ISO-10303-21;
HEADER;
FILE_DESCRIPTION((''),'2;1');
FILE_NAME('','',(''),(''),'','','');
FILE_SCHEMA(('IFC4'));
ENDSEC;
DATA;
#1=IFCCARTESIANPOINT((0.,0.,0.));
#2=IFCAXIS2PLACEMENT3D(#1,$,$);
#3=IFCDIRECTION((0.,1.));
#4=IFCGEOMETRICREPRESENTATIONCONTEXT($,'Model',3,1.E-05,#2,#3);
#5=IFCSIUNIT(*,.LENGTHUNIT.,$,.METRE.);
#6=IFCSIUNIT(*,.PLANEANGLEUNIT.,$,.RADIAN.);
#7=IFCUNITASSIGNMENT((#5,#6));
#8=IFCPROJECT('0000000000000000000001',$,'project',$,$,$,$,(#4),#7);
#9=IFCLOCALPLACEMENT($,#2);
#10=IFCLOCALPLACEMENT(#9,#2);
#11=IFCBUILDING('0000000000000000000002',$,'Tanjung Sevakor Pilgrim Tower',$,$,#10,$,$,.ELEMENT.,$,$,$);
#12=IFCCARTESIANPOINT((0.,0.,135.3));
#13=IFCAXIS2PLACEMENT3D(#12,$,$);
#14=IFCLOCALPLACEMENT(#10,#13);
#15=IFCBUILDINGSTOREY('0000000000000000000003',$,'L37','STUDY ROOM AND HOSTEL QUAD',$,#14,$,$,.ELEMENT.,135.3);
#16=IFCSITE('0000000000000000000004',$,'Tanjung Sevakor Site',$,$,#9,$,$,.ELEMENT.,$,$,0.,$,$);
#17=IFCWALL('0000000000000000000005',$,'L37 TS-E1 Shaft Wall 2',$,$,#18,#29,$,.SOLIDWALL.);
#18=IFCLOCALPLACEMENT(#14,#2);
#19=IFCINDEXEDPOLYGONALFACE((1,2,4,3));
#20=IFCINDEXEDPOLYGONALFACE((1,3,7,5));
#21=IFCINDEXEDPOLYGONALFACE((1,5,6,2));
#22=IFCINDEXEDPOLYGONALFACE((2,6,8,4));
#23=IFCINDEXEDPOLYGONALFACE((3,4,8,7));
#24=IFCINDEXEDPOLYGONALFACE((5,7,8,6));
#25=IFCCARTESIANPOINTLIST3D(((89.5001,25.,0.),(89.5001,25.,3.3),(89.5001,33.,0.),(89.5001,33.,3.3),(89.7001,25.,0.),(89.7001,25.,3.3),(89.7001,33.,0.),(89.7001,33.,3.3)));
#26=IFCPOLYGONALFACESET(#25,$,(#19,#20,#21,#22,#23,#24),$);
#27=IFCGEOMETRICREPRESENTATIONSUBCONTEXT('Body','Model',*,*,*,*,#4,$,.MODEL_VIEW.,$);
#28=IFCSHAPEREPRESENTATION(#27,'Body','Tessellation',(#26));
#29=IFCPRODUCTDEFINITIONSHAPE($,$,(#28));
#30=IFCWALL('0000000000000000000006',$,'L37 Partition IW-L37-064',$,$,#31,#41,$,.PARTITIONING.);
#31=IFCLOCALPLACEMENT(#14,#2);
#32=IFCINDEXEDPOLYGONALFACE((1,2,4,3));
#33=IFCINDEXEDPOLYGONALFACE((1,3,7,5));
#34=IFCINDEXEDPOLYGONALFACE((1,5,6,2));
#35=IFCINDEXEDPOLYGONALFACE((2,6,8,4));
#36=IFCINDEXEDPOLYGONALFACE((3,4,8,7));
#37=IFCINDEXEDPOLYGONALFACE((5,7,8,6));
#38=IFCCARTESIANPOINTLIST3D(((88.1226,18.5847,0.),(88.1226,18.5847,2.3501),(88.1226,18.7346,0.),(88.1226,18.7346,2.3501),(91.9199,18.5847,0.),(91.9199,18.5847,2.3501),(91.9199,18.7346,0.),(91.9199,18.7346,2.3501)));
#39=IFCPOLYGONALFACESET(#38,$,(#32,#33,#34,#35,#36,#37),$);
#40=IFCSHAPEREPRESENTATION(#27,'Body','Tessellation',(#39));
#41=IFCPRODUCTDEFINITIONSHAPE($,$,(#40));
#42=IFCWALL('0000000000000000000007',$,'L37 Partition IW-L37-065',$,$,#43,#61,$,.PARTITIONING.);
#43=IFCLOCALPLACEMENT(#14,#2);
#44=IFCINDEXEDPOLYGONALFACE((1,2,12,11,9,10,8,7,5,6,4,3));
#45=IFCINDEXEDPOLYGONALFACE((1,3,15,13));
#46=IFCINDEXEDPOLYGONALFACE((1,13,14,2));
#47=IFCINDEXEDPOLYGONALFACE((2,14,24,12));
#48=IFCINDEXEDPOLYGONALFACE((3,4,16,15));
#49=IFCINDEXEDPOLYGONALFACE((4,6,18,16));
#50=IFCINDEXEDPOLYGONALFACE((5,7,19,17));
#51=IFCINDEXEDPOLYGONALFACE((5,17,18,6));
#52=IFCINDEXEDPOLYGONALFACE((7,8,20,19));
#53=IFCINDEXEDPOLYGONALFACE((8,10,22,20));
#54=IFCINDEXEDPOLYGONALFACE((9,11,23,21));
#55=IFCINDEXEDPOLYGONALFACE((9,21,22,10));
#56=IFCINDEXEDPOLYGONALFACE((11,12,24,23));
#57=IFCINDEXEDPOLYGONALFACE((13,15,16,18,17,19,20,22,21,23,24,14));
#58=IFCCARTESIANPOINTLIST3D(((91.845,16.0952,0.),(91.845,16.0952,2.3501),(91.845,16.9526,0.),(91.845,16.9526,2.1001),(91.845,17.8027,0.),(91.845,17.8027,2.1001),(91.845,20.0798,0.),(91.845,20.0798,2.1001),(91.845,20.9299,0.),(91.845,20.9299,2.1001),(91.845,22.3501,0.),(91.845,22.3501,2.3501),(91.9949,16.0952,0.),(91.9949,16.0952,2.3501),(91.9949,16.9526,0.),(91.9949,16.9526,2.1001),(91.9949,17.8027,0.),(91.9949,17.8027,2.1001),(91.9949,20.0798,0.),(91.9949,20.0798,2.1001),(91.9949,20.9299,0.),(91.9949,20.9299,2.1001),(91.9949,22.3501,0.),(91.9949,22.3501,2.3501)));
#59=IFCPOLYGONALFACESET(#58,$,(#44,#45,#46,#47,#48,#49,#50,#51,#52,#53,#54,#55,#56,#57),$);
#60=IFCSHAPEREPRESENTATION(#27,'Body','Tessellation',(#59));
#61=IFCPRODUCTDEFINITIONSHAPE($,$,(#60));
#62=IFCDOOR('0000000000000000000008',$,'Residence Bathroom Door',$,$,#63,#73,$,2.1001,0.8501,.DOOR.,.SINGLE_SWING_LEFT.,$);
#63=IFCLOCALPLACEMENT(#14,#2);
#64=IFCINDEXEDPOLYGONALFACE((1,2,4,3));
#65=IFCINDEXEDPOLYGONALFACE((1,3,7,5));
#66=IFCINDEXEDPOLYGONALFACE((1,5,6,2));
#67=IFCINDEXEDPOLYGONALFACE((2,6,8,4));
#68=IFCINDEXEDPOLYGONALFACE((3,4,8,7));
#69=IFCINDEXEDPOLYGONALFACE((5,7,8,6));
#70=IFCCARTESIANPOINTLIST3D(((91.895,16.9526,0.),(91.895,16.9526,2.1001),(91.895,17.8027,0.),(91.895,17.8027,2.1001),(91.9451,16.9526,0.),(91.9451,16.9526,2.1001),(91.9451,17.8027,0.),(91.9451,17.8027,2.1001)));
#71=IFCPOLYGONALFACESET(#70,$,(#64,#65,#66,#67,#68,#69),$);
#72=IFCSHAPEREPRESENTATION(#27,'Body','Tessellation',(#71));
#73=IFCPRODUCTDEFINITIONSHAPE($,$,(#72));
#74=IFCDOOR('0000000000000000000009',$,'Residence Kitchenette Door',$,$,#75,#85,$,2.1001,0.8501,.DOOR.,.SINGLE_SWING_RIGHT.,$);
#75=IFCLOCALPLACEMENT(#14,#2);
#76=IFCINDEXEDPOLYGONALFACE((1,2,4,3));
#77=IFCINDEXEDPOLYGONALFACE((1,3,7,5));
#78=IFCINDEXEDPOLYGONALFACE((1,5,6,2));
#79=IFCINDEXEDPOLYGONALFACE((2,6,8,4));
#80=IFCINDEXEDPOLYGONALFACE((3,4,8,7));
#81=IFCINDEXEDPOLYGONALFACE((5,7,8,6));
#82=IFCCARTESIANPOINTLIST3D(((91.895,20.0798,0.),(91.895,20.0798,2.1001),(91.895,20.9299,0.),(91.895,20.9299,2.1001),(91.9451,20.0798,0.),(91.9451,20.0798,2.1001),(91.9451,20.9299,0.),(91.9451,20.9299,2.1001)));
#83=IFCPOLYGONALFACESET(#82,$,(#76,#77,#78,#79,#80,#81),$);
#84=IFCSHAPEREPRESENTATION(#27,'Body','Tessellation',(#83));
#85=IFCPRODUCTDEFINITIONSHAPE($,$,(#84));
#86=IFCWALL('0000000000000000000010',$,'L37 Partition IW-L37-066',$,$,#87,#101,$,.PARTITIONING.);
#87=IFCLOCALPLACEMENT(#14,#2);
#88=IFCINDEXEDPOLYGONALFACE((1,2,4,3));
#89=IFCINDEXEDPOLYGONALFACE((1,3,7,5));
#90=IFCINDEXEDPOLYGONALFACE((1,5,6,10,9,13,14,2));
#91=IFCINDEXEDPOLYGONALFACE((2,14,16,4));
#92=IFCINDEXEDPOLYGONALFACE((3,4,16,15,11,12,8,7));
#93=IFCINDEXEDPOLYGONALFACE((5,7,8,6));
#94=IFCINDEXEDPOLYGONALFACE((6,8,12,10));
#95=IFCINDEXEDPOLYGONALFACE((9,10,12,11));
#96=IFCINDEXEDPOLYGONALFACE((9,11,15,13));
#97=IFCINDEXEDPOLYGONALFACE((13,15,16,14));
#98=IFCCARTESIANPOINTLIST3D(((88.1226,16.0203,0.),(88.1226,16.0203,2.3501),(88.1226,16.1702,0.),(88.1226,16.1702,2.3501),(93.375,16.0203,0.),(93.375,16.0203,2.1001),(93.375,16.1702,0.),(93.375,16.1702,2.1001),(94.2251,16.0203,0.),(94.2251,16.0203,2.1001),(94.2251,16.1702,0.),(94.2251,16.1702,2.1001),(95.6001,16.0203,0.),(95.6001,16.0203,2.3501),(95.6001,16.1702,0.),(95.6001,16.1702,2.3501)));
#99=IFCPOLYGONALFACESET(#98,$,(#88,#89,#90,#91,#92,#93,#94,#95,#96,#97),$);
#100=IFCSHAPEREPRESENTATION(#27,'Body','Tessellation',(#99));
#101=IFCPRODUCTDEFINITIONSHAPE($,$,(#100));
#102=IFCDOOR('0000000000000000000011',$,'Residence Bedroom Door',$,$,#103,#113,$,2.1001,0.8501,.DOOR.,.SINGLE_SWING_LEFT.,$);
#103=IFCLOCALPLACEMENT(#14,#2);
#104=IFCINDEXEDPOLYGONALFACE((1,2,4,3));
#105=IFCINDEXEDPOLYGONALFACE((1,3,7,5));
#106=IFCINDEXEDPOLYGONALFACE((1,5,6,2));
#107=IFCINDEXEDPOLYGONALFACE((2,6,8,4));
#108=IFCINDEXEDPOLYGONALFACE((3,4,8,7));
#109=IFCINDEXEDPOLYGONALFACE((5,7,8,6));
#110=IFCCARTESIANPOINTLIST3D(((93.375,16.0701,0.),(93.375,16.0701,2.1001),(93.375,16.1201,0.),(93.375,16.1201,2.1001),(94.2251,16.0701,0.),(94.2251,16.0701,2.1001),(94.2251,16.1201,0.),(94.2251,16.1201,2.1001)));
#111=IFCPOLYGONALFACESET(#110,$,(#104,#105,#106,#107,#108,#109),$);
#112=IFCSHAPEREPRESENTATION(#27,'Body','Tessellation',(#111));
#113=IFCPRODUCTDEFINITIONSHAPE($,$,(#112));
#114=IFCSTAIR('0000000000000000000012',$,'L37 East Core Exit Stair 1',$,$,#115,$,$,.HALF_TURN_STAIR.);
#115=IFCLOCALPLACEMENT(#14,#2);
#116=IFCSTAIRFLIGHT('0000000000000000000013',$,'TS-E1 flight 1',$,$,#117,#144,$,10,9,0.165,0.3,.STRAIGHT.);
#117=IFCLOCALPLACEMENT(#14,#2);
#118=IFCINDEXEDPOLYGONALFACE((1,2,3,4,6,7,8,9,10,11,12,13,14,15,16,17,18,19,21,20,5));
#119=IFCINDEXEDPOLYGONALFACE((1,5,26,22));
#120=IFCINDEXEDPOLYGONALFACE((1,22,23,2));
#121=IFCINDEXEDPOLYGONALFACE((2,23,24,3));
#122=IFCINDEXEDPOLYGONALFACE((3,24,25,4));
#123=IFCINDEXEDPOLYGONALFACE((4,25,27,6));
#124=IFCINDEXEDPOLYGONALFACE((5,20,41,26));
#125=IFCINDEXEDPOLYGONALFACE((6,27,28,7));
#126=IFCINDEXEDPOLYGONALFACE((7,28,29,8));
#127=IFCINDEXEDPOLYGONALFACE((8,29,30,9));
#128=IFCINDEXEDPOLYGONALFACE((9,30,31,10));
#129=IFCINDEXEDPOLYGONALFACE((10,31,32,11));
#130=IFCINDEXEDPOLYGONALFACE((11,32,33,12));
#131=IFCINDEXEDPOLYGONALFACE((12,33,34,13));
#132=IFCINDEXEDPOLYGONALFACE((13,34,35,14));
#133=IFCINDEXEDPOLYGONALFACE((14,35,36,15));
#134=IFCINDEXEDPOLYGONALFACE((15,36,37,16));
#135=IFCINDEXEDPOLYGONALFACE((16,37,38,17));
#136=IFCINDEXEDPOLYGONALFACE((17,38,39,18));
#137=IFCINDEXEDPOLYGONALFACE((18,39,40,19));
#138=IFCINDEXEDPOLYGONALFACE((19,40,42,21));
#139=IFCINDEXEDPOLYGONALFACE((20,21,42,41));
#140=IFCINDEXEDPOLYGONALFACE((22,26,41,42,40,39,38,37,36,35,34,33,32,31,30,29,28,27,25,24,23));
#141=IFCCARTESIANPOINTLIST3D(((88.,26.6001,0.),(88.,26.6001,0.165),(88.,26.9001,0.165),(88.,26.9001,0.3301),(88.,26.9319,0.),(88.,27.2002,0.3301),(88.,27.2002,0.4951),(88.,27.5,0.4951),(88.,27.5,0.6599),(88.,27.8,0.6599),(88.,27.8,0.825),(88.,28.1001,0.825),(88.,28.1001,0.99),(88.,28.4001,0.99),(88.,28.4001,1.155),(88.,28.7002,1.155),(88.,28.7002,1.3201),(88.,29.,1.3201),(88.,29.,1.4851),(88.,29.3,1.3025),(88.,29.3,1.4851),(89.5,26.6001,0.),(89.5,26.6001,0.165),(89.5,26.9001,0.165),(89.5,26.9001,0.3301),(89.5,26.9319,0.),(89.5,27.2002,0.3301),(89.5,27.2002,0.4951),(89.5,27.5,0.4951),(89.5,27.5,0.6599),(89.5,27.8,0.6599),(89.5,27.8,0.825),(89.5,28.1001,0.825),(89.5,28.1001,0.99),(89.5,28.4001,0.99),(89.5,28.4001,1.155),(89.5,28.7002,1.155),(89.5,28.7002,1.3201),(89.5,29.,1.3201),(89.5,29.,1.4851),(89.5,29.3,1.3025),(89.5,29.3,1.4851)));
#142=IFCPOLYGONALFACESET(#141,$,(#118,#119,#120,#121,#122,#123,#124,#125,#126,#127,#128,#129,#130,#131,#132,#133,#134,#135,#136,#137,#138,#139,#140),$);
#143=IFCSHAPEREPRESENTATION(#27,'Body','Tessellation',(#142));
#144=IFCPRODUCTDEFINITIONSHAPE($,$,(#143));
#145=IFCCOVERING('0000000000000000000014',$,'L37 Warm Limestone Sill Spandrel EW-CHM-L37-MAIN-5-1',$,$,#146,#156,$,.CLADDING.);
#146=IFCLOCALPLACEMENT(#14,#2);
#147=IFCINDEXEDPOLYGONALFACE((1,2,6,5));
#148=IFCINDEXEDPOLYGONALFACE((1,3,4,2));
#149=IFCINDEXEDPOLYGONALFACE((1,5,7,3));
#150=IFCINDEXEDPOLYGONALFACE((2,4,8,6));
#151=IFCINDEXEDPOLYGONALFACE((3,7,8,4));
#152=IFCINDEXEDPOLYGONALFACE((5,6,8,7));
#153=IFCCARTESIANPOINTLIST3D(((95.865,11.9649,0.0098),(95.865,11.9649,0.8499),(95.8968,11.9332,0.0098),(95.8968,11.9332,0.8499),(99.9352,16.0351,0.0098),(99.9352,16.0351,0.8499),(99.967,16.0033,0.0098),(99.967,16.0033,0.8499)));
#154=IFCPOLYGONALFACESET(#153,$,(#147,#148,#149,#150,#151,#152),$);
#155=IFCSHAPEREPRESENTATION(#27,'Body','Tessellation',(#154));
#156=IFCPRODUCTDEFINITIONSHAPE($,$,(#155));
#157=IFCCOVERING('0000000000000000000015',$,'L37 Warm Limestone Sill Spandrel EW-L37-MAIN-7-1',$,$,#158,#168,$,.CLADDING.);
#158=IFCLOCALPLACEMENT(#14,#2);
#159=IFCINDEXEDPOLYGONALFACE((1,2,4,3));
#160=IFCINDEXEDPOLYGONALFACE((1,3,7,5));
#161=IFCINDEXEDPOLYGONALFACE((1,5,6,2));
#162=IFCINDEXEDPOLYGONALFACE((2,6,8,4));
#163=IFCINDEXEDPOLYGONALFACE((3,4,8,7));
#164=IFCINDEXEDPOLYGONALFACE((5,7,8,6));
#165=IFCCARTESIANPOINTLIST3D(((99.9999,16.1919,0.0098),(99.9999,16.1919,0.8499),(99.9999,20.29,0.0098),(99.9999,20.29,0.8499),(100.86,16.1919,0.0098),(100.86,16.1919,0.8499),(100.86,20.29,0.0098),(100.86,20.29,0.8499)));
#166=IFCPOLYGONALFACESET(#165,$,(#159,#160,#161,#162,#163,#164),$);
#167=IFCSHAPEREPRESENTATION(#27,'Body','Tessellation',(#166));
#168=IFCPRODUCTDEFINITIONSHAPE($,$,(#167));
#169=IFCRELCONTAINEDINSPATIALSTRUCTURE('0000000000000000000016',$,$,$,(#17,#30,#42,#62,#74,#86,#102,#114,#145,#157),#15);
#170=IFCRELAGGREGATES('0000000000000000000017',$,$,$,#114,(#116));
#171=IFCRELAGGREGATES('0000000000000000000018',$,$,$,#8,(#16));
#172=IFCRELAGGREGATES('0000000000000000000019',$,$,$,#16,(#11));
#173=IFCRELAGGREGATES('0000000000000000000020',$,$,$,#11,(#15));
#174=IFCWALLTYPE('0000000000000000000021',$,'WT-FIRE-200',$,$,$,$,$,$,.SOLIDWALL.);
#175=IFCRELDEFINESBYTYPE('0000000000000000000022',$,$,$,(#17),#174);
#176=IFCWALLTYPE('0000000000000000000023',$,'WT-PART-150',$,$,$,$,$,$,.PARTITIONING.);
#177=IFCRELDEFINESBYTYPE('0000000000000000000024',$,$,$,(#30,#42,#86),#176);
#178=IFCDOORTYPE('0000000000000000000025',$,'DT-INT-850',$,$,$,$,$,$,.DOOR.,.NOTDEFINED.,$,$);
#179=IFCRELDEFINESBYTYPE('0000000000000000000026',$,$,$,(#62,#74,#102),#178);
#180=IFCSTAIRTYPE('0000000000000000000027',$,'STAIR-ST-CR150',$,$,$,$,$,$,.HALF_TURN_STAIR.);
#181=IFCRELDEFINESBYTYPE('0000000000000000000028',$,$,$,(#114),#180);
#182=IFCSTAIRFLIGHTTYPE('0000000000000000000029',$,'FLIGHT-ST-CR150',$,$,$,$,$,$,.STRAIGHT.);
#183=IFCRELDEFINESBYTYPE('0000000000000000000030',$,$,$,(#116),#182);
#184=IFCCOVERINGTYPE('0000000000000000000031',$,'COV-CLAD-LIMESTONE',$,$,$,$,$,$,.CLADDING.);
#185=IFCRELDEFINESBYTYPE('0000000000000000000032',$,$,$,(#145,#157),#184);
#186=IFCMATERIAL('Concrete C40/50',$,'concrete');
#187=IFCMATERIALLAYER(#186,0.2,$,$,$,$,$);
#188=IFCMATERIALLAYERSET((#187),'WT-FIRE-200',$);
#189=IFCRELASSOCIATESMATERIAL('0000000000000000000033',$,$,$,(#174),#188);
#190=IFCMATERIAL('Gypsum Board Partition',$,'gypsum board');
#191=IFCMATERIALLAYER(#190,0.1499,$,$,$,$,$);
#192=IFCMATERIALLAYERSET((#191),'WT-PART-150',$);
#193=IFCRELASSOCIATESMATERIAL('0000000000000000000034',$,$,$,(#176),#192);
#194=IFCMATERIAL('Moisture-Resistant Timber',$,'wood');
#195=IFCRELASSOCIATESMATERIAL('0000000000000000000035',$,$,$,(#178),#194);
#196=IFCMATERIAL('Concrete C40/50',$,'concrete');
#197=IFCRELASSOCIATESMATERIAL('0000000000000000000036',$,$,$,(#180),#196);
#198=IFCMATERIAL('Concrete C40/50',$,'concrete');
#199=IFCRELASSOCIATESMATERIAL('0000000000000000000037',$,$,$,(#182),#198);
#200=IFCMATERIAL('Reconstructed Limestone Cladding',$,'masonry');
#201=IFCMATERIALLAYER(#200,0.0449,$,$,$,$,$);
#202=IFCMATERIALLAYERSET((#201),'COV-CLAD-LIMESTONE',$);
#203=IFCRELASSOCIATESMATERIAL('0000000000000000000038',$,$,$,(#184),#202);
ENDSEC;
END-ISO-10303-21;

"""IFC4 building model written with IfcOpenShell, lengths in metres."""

from ifc_helpers import new_model, si_unit, direction, frame, frame_2d, origin, origin_2d, place, context, subcontext, project, spatial, polyline, rectangle, outline, extrude, material, layer, layer_set, type_object, element, fill, aggregate, save


model = new_model("IFC4")

# Units and contexts
model_context = context("Model", 3, precision=1e-05, world=origin(), true_north=direction((0.0, 1.0)))
body_context = subcontext(model_context, "Body", "Model", "MODEL_VIEW")
ifc_project = project(units=[si_unit("LENGTHUNIT", "METRE"), si_unit("PLANEANGLEUNIT", "RADIAN")], contexts=[model_context])

# Site, building, storey
site_placement = place(None, origin())
site = spatial("IfcSite", under=ifc_project, at=site_placement, Name="Tanjung Sevakor Site", CompositionType="ELEMENT", RefElevation=0.0)
building_placement = place(site_placement, origin())
building = spatial("IfcBuilding", under=site, at=building_placement, Name="Tanjung Sevakor Pilgrim Tower", CompositionType="ELEMENT")
storey_placement = place(building_placement, frame((0.0, 0.0, 135.3)))
storey = spatial("IfcBuildingStorey", under=building, at=storey_placement, Name="L37", Description="STUDY ROOM AND HOSTEL QUAD", CompositionType="ELEMENT", Elevation=135.3)

# Walls
ifc_material_1 = material(Name="Concrete C40/50", Category="concrete")
ifc_layer_1 = layer(ifc_material_1, 0.2)
ifc_layer_set_1 = layer_set([ifc_layer_1], Name="WT-FIRE-200")
wall_type_1 = type_object("IfcWallType", Name="WT-FIRE-200", PredefinedType="SOLIDWALL", material=ifc_layer_set_1)
wall_1_placement = place(storey_placement, frame((89.6001, 25.0, 0.0), z_axis=(0.0, 0.0, 1.0), x_axis=(0.0, 1.0, 0.0)))
element("IfcWall", 1, at=wall_1_placement, inside=storey, type_object=wall_type_1, Name="L37 TS-E1 Shaft Wall 2", PredefinedType="SOLIDWALL", context=body_context, shape_type="SweptSolid", body=[
    extrude(rectangle(XDim=8.0, YDim=0.2, at=frame_2d((4.0, 0.0))), origin(), (0.0, 0.0, 1.0), 3.3),
])
ifc_material_2 = material(Name="Gypsum Board Partition", Category="gypsum board")
ifc_layer_2 = layer(ifc_material_2, 0.1499)
ifc_layer_set_2 = layer_set([ifc_layer_2], Name="WT-PART-150")
wall_type_2 = type_object("IfcWallType", Name="WT-PART-150", PredefinedType="PARTITIONING", material=ifc_layer_set_2)
wall_2_placement = place(storey_placement, frame((88.1226, 18.6597, 0.0), z_axis=(0.0, 0.0, 1.0), x_axis=(1.0, 0.0, 0.0)))
element("IfcWall", 2, at=wall_2_placement, inside=storey, type_object=wall_type_2, Name="L37 Partition IW-L37-064", PredefinedType="PARTITIONING", context=body_context, shape_type="SweptSolid", body=[
    extrude(rectangle(XDim=3.7974, YDim=0.1499, at=frame_2d((1.8987, 0.0))), origin(), (0.0, 0.0, 1.0), 2.3501),
])

# Wall, openings, doors
wall_3_placement = place(storey_placement, frame((91.9199, 16.0952, 0.0), z_axis=(0.0, 0.0, 1.0), x_axis=(0.0, 1.0, 0.0)))
wall_3 = element("IfcWall", 3, at=wall_3_placement, inside=storey, type_object=wall_type_2, Name="L37 Partition IW-L37-065", PredefinedType="PARTITIONING", context=body_context, shape_type="SweptSolid", body=[
    extrude(rectangle(XDim=6.2549, YDim=0.1499, at=frame_2d((3.1274, 0.0))), origin(), (0.0, 0.0, 1.0), 2.3501),
])
opening_1_placement = place(wall_3_placement, frame((0.8574, 0.0, 0.0)))
opening_1 = element("IfcOpeningElement", 4, at=opening_1_placement, cuts=wall_3, PredefinedType="OPENING", context=body_context, shape_type="SweptSolid", body=[
    extrude(rectangle(XDim=0.8501, YDim=2.1001, at=frame_2d((0.425, 1.05))), frame((0.0, 0.085, 0.0), z_axis=(0.0, -1.0, 0.0), x_axis=(1.0, 0.0, 0.0)), (0.0, 0.0, 1.0), 0.1699),
])
opening_2_placement = place(wall_3_placement, frame((3.9846, 0.0, 0.0)))
opening_2 = element("IfcOpeningElement", 5, at=opening_2_placement, cuts=wall_3, PredefinedType="OPENING", context=body_context, shape_type="SweptSolid", body=[
    extrude(rectangle(XDim=0.8501, YDim=2.1001, at=frame_2d((0.425, 1.05))), frame((0.0, 0.085, 0.0), z_axis=(0.0, -1.0, 0.0), x_axis=(1.0, 0.0, 0.0)), (0.0, 0.0, 1.0), 0.1699),
])
ifc_material_3 = material(Name="Moisture-Resistant Timber", Category="wood")
door_type_1 = type_object("IfcDoorType", Name="DT-INT-850", OperationType="NOTDEFINED", PredefinedType="DOOR", material=ifc_material_3)
door_1_placement = place(opening_1_placement, origin())
door_1 = element("IfcDoor", 6, at=door_1_placement, inside=storey, type_object=door_type_1, Name="Residence Bathroom Door", OperationType="SINGLE_SWING_LEFT", OverallHeight=2.1001, OverallWidth=0.8501, PredefinedType="DOOR", context=body_context, shape_type="SweptSolid", body=[
    extrude(rectangle(XDim=0.8501, YDim=2.1001, at=frame_2d((0.425, 1.05))), frame((0.0, 0.0249, 0.0), z_axis=(0.0, -1.0, 0.0), x_axis=(1.0, 0.0, 0.0)), (0.0, 0.0, 1.0), 0.05),
])
fill(opening_1, door_1)
door_2_placement = place(opening_2_placement, origin())
door_2 = element("IfcDoor", 7, at=door_2_placement, inside=storey, type_object=door_type_1, Name="Residence Kitchenette Door", OperationType="SINGLE_SWING_RIGHT", OverallHeight=2.1001, OverallWidth=0.8501, PredefinedType="DOOR", context=body_context, shape_type="SweptSolid", body=[
    extrude(rectangle(XDim=0.8501, YDim=2.1001, at=frame_2d((0.425, 1.05))), frame((0.0, 0.0249, 0.0), z_axis=(0.0, -1.0, 0.0), x_axis=(1.0, 0.0, 0.0)), (0.0, 0.0, 1.0), 0.05),
])
fill(opening_2, door_2)

# Wall, opening, door
wall_4_placement = place(storey_placement, frame((88.1226, 16.0952, 0.0), z_axis=(0.0, 0.0, 1.0), x_axis=(1.0, 0.0, 0.0)))
wall_4 = element("IfcWall", 8, at=wall_4_placement, inside=storey, type_object=wall_type_2, Name="L37 Partition IW-L37-066", PredefinedType="PARTITIONING", context=body_context, shape_type="SweptSolid", body=[
    extrude(rectangle(XDim=7.4775, YDim=0.1499, at=frame_2d((3.7388, 0.0))), origin(), (0.0, 0.0, 1.0), 2.3501),
])
opening_3_placement = place(wall_4_placement, frame((5.2524, 0.0, 0.0)))
opening_3 = element("IfcOpeningElement", 9, at=opening_3_placement, cuts=wall_4, PredefinedType="OPENING", context=body_context, shape_type="SweptSolid", body=[
    extrude(rectangle(XDim=0.8501, YDim=2.1001, at=frame_2d((0.425, 1.05))), frame((0.0, 0.085, 0.0), z_axis=(0.0, -1.0, 0.0), x_axis=(1.0, 0.0, 0.0)), (0.0, 0.0, 1.0), 0.1699),
])
door_3_placement = place(opening_3_placement, origin())
door_3 = element("IfcDoor", 10, at=door_3_placement, inside=storey, type_object=door_type_1, Name="Residence Bedroom Door", OperationType="SINGLE_SWING_LEFT", OverallHeight=2.1001, OverallWidth=0.8501, PredefinedType="DOOR", context=body_context, shape_type="SweptSolid", body=[
    extrude(rectangle(XDim=0.8501, YDim=2.1001, at=frame_2d((0.425, 1.05))), frame((0.0, 0.0249, 0.0), z_axis=(0.0, -1.0, 0.0), x_axis=(1.0, 0.0, 0.0)), (0.0, 0.0, 1.0), 0.05),
])
fill(opening_3, door_3)

# Stair, stair flight
ifc_material_4 = material(Name="Concrete C40/50", Category="concrete")
stair_type = type_object("IfcStairType", Name="STAIR-ST-CR150", PredefinedType="HALF_TURN_STAIR", material=ifc_material_4)
stair_placement = place(storey_placement, origin())
stair = element("IfcStair", 11, at=stair_placement, inside=storey, type_object=stair_type, Name="L37 East Core Exit Stair 1", PredefinedType="HALF_TURN_STAIR")
ifc_material_5 = material(Name="Concrete C40/50", Category="concrete")
stair_flight_type = type_object("IfcStairFlightType", Name="FLIGHT-ST-CR150", PredefinedType="STRAIGHT", material=ifc_material_5)
stair_flight_placement = place(storey_placement, frame((88.75, 26.6001, 0.0), z_axis=(0.0, 0.0, 1.0), x_axis=(0.0, 1.0, 0.0)))
stair_flight = element("IfcStairFlight", 12, at=stair_flight_placement, type_object=stair_flight_type, Name="TS-E1 flight 1", NumberOfRisers=10, NumberOfTreads=9, PredefinedType="STRAIGHT", RiserHeight=0.165, TreadLength=0.3, context=body_context, shape_type="SweptSolid", body=[
    extrude(outline(polyline([(0.0, 0.0), (0.0, 0.165), (0.3, 0.165), (0.3, 0.3301), (0.6001, 0.3301), (0.6001, 0.4951), (0.8999, 0.4951), (0.8999, 0.6599), (1.2, 0.6599), (1.2, 0.825), (1.5, 0.825), (1.5, 0.99), (1.8, 0.99), (1.8, 1.155), (2.1001, 1.155), (2.1001, 1.3201), (2.3999, 1.3201), (2.3999, 1.4851), (2.7, 1.4851), (2.7, 1.6499), (2.7, 1.3025), (0.3318, 0.0), (0.0, 0.0)])), frame((0.0, 0.75, 0.0), z_axis=(0.0, -1.0, 0.0), x_axis=(1.0, 0.0, 0.0)), (0.0, 0.0, 1.0), 1.5),
])
aggregate(stair, [stair_flight])

# Coverings
ifc_material_6 = material(Name="Reconstructed Limestone Cladding", Category="masonry")
ifc_layer_3 = layer(ifc_material_6, 0.0449)
ifc_layer_set_3 = layer_set([ifc_layer_3], Name="COV-CLAD-LIMESTONE")
covering_type = type_object("IfcCoveringType", Name="COV-CLAD-LIMESTONE", PredefinedType="CLADDING", material=ifc_layer_set_3)
covering_1_placement = place(storey_placement, frame((97.916, 13.9841, 0.0098), z_axis=(0.0, 0.0, 1.0), x_axis=(0.707107, 0.707107, 0.0)))
element("IfcCovering", 13, at=covering_1_placement, inside=storey, type_object=covering_type, Name="L37 Warm Limestone Sill Spandrel EW-CHM-L37-MAIN-5-1", PredefinedType="CLADDING", context=body_context, shape_type="SweptSolid", body=[
    extrude(rectangle(XDim=5.7561, YDim=0.0449, at=origin_2d()), origin(), (0.0, 0.0, 1.0), 0.8401),
])
covering_2_placement = place(storey_placement, frame((100.4299, 18.241, 0.0098), z_axis=(0.0, 0.0, 1.0), x_axis=(0.0, 1.0, 0.0)))
element("IfcCovering", 14, at=covering_2_placement, inside=storey, type_object=covering_type, Name="L37 Warm Limestone Sill Spandrel EW-L37-MAIN-7-1", PredefinedType="CLADDING", context=body_context, shape_type="SweptSolid", body=[
    extrude(rectangle(XDim=4.0981, YDim=0.8601, at=origin_2d()), origin(), (0.0, 0.0, 1.0), 0.8401),
])

save(model, "model.ifc")
